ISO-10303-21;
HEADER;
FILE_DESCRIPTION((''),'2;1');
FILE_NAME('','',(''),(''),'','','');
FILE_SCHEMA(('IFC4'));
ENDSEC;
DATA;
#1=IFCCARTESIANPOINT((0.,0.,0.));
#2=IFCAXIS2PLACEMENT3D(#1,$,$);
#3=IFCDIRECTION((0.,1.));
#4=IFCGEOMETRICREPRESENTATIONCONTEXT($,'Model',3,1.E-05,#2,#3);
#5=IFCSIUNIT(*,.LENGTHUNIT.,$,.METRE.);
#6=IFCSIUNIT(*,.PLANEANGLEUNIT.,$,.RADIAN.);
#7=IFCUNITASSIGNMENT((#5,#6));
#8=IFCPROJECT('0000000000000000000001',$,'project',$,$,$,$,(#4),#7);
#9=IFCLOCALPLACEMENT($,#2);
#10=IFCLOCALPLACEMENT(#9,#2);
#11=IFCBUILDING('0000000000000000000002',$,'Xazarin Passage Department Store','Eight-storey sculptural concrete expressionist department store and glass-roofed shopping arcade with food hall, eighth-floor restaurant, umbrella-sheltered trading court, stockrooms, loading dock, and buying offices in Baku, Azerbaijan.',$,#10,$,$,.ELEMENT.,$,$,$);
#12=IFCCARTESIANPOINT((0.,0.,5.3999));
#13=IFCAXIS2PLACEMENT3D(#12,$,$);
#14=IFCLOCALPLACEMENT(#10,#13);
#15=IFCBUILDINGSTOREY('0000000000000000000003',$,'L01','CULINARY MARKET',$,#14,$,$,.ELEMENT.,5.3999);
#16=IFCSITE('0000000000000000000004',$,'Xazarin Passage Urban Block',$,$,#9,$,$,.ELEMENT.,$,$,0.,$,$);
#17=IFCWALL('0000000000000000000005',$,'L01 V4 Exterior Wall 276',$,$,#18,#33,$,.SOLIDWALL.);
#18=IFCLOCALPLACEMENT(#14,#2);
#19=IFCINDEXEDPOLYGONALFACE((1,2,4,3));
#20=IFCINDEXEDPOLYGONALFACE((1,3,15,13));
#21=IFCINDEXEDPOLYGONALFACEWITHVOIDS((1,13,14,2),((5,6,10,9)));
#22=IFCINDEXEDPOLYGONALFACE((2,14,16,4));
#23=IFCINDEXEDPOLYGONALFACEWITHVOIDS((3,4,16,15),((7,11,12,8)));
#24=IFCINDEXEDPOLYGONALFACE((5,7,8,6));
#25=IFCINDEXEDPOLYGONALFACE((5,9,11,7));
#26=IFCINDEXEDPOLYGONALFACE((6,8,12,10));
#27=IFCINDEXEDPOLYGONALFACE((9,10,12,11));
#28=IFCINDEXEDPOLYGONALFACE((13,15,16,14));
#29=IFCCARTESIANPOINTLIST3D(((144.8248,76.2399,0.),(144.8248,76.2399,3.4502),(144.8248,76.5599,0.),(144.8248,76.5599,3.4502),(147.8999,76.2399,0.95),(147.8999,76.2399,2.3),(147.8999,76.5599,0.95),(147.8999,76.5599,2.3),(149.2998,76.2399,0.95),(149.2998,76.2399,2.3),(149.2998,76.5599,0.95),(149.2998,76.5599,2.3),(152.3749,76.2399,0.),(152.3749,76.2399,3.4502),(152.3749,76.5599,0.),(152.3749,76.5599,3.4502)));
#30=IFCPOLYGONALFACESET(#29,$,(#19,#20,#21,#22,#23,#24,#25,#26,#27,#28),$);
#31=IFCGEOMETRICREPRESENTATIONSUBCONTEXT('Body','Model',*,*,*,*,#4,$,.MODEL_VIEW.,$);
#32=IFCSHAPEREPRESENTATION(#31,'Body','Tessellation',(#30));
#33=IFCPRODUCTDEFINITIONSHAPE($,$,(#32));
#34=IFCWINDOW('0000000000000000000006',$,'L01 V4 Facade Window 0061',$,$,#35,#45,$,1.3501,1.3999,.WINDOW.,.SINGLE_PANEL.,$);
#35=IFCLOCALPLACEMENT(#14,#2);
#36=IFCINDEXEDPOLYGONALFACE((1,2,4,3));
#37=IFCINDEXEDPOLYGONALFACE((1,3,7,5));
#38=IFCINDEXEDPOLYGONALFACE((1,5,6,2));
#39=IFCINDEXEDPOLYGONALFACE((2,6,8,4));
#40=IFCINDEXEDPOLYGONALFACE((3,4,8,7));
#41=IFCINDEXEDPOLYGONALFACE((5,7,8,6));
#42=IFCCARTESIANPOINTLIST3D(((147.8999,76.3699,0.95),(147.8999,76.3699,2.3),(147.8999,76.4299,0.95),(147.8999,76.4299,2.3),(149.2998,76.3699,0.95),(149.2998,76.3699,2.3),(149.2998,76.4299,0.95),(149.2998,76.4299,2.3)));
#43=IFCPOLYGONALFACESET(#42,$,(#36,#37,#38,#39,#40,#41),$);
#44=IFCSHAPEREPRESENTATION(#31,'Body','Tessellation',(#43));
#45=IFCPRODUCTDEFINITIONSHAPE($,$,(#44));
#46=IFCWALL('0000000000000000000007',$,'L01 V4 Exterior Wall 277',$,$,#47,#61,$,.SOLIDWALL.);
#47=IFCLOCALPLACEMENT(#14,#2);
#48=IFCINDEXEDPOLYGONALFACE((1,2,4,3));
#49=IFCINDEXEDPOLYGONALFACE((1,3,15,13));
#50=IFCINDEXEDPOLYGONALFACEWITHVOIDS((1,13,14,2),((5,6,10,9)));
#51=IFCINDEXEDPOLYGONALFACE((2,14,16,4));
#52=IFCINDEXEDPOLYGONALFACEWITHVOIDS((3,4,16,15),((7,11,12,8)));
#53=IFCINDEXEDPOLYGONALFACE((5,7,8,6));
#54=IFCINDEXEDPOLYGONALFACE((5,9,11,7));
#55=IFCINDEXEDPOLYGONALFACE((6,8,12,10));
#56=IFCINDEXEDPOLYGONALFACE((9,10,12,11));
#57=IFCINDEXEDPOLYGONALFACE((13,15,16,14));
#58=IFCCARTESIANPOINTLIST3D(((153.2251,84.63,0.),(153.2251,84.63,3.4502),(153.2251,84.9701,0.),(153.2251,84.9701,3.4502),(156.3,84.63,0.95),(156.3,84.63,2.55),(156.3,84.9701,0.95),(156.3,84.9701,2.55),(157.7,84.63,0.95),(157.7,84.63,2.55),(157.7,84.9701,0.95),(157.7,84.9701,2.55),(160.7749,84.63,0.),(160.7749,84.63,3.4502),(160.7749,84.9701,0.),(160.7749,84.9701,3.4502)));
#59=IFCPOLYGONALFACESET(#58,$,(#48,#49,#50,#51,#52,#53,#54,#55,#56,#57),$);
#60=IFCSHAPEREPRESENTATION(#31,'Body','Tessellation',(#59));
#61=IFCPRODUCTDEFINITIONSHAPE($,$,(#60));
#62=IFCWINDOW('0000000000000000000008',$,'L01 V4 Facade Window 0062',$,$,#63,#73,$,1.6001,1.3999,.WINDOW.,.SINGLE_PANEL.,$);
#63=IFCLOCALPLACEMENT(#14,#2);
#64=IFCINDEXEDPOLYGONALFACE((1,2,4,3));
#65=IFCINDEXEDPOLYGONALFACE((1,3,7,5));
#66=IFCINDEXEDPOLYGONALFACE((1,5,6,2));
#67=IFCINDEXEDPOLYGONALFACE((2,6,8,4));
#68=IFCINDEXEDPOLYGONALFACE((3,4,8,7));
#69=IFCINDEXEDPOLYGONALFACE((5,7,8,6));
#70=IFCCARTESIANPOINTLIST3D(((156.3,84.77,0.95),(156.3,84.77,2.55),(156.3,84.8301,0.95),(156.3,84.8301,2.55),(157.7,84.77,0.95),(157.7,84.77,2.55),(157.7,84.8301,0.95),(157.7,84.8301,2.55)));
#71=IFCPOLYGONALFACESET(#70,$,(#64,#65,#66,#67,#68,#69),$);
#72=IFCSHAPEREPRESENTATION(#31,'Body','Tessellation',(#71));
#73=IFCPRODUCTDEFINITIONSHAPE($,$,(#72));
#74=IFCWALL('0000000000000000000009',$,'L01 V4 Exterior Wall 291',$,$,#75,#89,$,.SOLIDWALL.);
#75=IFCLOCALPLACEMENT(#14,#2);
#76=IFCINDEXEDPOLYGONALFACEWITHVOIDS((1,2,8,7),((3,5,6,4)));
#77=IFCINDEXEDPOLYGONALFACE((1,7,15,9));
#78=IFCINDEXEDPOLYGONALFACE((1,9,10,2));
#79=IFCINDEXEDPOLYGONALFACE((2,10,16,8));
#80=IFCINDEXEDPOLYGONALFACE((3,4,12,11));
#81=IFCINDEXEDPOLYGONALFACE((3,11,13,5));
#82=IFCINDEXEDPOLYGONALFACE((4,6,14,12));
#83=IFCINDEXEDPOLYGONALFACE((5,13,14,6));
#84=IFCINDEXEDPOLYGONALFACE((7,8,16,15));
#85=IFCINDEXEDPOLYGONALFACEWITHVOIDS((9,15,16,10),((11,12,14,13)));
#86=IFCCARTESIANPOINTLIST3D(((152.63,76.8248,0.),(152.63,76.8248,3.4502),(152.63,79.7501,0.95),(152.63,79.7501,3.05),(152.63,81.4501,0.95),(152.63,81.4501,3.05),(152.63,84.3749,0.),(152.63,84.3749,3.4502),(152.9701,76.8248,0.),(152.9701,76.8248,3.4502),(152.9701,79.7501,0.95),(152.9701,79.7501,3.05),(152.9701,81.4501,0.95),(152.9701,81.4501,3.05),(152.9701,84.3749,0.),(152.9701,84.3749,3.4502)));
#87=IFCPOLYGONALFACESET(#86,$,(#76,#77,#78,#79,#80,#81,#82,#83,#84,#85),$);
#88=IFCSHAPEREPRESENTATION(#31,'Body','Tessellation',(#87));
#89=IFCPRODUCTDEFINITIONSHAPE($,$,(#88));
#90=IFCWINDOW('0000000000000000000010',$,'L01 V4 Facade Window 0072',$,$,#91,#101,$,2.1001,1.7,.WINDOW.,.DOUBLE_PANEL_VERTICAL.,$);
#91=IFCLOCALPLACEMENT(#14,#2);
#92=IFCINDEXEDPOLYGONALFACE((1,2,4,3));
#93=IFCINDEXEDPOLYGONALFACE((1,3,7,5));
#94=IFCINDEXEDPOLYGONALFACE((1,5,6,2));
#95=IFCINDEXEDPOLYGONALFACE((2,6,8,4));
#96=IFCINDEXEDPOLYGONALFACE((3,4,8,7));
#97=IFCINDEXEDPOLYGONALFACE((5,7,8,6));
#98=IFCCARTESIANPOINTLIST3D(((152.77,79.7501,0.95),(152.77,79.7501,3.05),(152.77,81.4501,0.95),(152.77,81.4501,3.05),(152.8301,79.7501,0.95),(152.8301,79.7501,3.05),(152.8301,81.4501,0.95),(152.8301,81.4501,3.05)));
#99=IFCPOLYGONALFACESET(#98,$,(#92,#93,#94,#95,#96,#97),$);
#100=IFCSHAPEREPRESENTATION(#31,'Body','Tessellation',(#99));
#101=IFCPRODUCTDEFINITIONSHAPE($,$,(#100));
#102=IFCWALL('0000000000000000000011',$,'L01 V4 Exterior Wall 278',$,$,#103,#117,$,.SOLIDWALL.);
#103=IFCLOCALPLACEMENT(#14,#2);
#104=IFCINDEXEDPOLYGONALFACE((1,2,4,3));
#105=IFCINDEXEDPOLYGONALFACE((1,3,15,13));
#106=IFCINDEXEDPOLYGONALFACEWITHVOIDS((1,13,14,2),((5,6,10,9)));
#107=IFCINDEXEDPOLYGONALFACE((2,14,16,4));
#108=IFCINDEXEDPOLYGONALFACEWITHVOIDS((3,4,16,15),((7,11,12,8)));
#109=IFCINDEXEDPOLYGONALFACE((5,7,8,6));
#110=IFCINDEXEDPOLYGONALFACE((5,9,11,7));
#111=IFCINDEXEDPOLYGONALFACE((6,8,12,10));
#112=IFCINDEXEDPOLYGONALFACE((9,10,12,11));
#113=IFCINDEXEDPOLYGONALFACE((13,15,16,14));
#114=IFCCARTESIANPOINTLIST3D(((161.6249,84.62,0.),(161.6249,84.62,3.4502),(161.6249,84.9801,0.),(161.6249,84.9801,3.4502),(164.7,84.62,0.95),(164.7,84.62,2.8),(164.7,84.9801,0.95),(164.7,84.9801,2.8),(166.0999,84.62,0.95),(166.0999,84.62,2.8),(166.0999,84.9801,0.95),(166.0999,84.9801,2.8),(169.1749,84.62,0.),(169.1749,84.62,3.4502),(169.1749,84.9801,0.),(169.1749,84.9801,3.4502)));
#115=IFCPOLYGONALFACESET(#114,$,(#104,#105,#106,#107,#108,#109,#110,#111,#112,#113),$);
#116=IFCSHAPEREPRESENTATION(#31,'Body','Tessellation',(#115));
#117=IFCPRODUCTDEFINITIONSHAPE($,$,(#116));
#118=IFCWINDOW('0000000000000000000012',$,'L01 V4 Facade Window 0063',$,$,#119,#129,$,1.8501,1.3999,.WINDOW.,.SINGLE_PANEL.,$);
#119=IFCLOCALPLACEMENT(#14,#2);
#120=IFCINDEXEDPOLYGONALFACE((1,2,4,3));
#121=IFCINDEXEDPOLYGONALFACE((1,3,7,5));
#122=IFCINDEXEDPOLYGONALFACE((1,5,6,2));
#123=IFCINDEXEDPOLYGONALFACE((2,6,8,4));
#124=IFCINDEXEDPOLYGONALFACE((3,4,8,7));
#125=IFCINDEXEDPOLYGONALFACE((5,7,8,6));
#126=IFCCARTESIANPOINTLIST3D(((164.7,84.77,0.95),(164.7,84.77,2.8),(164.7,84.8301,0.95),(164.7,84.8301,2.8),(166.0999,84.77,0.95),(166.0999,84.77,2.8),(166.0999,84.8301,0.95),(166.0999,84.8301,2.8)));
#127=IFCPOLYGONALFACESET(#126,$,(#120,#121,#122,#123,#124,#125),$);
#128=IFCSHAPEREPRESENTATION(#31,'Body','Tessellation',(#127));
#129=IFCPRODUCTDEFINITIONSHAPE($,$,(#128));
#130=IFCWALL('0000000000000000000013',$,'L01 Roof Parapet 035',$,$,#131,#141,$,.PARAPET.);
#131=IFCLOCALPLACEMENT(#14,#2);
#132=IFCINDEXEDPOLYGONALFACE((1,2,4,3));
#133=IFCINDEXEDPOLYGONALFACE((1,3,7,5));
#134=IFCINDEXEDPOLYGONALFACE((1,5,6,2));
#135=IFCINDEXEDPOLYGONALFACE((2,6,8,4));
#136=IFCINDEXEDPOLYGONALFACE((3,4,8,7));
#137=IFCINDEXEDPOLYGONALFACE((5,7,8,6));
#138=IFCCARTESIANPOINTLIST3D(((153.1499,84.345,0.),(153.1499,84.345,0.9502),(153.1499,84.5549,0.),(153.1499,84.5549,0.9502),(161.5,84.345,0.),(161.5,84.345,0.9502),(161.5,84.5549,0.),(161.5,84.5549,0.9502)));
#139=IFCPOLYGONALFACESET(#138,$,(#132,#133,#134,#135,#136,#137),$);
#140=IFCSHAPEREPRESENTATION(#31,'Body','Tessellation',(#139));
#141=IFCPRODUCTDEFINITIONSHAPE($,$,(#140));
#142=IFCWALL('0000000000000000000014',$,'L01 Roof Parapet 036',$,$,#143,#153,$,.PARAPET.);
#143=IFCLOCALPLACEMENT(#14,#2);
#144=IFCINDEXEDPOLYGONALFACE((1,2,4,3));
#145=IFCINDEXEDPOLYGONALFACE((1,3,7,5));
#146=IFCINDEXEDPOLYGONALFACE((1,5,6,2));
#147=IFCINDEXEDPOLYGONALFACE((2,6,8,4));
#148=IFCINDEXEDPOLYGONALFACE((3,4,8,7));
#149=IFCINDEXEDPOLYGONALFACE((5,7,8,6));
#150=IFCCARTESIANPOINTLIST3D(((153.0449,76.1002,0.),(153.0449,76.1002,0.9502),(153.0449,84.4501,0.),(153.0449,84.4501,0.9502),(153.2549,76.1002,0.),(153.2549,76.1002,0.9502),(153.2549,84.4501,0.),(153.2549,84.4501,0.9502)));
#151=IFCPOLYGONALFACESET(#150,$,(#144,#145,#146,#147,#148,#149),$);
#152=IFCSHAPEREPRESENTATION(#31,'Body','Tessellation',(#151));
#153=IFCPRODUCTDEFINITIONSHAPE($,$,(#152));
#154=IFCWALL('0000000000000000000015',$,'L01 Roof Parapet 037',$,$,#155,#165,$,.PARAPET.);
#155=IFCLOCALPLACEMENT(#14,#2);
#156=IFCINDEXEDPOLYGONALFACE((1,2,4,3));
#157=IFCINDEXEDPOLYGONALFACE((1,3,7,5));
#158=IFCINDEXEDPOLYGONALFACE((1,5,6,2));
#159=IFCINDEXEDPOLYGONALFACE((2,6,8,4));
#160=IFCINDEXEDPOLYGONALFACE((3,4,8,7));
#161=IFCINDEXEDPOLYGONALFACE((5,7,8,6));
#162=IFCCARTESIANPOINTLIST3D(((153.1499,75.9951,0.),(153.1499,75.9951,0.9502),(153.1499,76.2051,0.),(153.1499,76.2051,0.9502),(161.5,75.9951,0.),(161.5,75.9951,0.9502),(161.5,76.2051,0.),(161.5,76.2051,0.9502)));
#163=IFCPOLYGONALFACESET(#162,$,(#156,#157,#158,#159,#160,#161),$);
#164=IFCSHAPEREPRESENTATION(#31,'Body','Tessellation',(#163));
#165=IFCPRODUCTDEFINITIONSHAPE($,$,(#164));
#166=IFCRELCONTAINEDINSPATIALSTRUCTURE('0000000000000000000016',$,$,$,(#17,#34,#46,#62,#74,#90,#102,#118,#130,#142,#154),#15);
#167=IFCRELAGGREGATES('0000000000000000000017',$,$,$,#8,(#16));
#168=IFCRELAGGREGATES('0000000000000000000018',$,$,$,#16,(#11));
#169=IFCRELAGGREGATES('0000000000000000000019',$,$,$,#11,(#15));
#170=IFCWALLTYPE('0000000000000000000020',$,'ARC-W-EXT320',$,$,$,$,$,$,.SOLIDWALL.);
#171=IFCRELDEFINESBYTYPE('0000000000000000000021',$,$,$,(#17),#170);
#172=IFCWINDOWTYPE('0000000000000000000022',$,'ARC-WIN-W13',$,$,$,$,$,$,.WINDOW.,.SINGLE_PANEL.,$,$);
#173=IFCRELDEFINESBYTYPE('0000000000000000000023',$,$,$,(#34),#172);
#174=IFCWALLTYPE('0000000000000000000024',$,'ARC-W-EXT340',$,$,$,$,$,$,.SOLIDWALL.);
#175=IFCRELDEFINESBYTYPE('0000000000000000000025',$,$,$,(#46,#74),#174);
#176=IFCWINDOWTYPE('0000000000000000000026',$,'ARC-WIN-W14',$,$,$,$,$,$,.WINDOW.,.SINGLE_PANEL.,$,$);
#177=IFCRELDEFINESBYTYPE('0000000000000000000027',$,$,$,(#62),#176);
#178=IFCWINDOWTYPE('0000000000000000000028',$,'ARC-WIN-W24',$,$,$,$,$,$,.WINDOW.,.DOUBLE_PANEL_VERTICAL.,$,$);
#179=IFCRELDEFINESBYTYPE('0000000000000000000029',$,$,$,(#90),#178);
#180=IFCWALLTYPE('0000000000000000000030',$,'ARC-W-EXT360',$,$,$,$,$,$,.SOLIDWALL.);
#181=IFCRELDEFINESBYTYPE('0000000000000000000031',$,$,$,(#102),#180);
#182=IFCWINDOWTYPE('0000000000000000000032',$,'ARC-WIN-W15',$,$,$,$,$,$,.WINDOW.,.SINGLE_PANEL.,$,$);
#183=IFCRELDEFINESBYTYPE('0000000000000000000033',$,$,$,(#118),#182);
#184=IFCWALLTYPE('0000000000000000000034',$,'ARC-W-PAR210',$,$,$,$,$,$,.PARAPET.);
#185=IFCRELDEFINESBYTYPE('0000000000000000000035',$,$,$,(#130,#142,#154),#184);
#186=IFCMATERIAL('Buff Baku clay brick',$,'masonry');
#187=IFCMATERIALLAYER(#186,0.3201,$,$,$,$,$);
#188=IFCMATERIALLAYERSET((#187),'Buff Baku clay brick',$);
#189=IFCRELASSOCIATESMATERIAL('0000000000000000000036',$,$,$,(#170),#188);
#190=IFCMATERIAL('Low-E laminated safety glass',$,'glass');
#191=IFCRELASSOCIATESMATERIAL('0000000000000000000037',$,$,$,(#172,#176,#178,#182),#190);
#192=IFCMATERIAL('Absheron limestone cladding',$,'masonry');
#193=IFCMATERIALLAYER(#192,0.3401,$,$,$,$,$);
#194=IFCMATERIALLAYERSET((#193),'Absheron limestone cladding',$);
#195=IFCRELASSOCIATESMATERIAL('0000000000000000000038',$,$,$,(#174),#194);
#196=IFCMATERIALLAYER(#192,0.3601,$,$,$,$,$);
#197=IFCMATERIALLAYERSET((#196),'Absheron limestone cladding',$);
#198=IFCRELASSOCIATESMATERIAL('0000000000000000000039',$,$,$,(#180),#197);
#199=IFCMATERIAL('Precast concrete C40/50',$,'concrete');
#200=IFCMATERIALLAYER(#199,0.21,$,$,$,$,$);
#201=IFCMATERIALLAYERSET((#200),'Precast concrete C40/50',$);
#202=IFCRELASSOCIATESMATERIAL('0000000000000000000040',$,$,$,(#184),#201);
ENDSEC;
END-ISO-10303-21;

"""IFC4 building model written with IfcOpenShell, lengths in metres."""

from ifc_helpers import new_model, si_unit, direction, frame, frame_2d, origin, place, context, subcontext, project, spatial, rectangle, extrude, material, layer, layer_set, type_object, element, fill, save


model = new_model("IFC4")

# Units and contexts
model_context = context("Model", 3, precision=1e-05, world=origin(), true_north=direction((0.0, 1.0)))
body_context = subcontext(model_context, "Body", "Model", "MODEL_VIEW")
ifc_project = project(units=[si_unit("LENGTHUNIT", "METRE"), si_unit("PLANEANGLEUNIT", "RADIAN")], contexts=[model_context])

# Site, building, storey
site_placement = place(None, origin())
site = spatial("IfcSite", under=ifc_project, at=site_placement, Name="Xazarin Passage Urban Block", CompositionType="ELEMENT", RefElevation=0.0)
building_placement = place(site_placement, origin())
building = spatial("IfcBuilding", under=site, at=building_placement, Name="Xazarin Passage Department Store", Description="Eight-storey sculptural concrete expressionist department store and glass-roofed shopping arcade with food hall, eighth-floor restaurant, umbrella-sheltered trading court, stockrooms, loading dock, and buying offices in Baku, Azerbaijan.", CompositionType="ELEMENT")
storey_placement = place(building_placement, frame((0.0, 0.0, 5.3999)))
storey = spatial("IfcBuildingStorey", under=building, at=storey_placement, Name="L01", Description="CULINARY MARKET", CompositionType="ELEMENT", Elevation=5.3999)

# Walls, openings, windows
ifc_material_1 = material(Name="Buff Baku clay brick", Category="masonry")
ifc_layer_1 = layer(ifc_material_1, 0.3201)
ifc_layer_set_1 = layer_set([ifc_layer_1], Name="Buff Baku clay brick")
wall_type_1 = type_object("IfcWallType", Name="ARC-W-EXT320", PredefinedType="SOLIDWALL", material=ifc_layer_set_1)
wall_1_placement = place(storey_placement, frame((144.825, 76.3999, 0.0), z_axis=(0.0, 0.0, 1.0), x_axis=(1.0, 0.0, 0.0)))
wall_1 = element("IfcWall", 1, at=wall_1_placement, inside=storey, type_object=wall_type_1, Name="L01 V4 Exterior Wall 276", PredefinedType="SOLIDWALL", context=body_context, shape_type="SweptSolid", body=[
    extrude(rectangle(XDim=7.55, YDim=0.3201, at=frame_2d((3.7749, 0.0))), origin(), (0.0, 0.0, 1.0), 3.4502),
])
opening_1_placement = place(wall_1_placement, frame((3.075, 0.0, 0.95)))
opening_1 = element("IfcOpeningElement", 2, at=opening_1_placement, cuts=wall_1, PredefinedType="OPENING", context=body_context, shape_type="SweptSolid", body=[
    extrude(rectangle(XDim=1.3999, YDim=1.3501, at=frame_2d((0.7, 0.675))), frame((0.0, 0.1699, 0.0), z_axis=(0.0, -1.0, 0.0), x_axis=(1.0, 0.0, 0.0)), (0.0, 0.0, 1.0), 0.3401),
])
ifc_material_2 = material(Name="Low-E laminated safety glass", Category="glass")
window_type_1 = type_object("IfcWindowType", Name="ARC-WIN-W13", PartitioningType="SINGLE_PANEL", PredefinedType="WINDOW", material=ifc_material_2)
window_1_placement = place(opening_1_placement, origin())
window_1 = element("IfcWindow", 3, at=window_1_placement, inside=storey, type_object=window_type_1, Name="L01 V4 Facade Window 0061", OverallHeight=1.3501, OverallWidth=1.3999, PartitioningType="SINGLE_PANEL", PredefinedType="WINDOW", context=body_context, shape_type="SweptSolid", body=[
    extrude(rectangle(XDim=1.3999, YDim=1.3501, at=frame_2d((0.7, 0.675))), frame((0.0, 0.03, 0.0), z_axis=(0.0, -1.0, 0.0), x_axis=(1.0, 0.0, 0.0)), (0.0, 0.0, 1.0), 0.0601),
])
fill(opening_1, window_1)
ifc_material_3 = material(Name="Absheron limestone cladding", Category="masonry")
ifc_layer_2 = layer(ifc_material_3, 0.3401)
ifc_layer_set_2 = layer_set([ifc_layer_2], Name="Absheron limestone cladding")
wall_type_2 = type_object("IfcWallType", Name="ARC-W-EXT340", PredefinedType="SOLIDWALL", material=ifc_layer_set_2)
wall_2_placement = place(storey_placement, frame((153.2251, 84.8, 0.0), z_axis=(0.0, 0.0, 1.0), x_axis=(1.0, 0.0, 0.0)))
wall_2 = element("IfcWall", 4, at=wall_2_placement, inside=storey, type_object=wall_type_2, Name="L01 V4 Exterior Wall 277", PredefinedType="SOLIDWALL", context=body_context, shape_type="SweptSolid", body=[
    extrude(rectangle(XDim=7.5498, YDim=0.3401, at=frame_2d((3.7749, 0.0))), origin(), (0.0, 0.0, 1.0), 3.4502),
])
opening_2_placement = place(wall_2_placement, frame((3.075, 0.0, 0.95)))
opening_2 = element("IfcOpeningElement", 5, at=opening_2_placement, cuts=wall_2, PredefinedType="OPENING", context=body_context, shape_type="SweptSolid", body=[
    extrude(rectangle(XDim=1.3999, YDim=1.6001, at=frame_2d((0.7, 0.8))), frame((0.0, 0.1799, 0.0), z_axis=(0.0, -1.0, 0.0), x_axis=(1.0, 0.0, 0.0)), (0.0, 0.0, 1.0), 0.3601),
])
window_type_2 = type_object("IfcWindowType", Name="ARC-WIN-W14", PartitioningType="SINGLE_PANEL", PredefinedType="WINDOW", material=ifc_material_2)
window_2_placement = place(opening_2_placement, origin())
window_2 = element("IfcWindow", 6, at=window_2_placement, inside=storey, type_object=window_type_2, Name="L01 V4 Facade Window 0062", OverallHeight=1.6001, OverallWidth=1.3999, PartitioningType="SINGLE_PANEL", PredefinedType="WINDOW", context=body_context, shape_type="SweptSolid", body=[
    extrude(rectangle(XDim=1.3999, YDim=1.6001, at=frame_2d((0.7, 0.8))), frame((0.0, 0.03, 0.0), z_axis=(0.0, -1.0, 0.0), x_axis=(1.0, 0.0, 0.0)), (0.0, 0.0, 1.0), 0.0601),
])
fill(opening_2, window_2)
wall_3_placement = place(storey_placement, frame((152.8, 76.825, 0.0), z_axis=(0.0, 0.0, 1.0), x_axis=(0.0, 1.0, 0.0)))
wall_3 = element("IfcWall", 7, at=wall_3_placement, inside=storey, type_object=wall_type_2, Name="L01 V4 Exterior Wall 291", PredefinedType="SOLIDWALL", context=body_context, shape_type="SweptSolid", body=[
    extrude(rectangle(XDim=7.55, YDim=0.3401, at=frame_2d((3.7749, 0.0))), origin(), (0.0, 0.0, 1.0), 3.4502),
])
opening_3_placement = place(wall_3_placement, frame((2.925, 0.0, 0.95)))
opening_3 = element("IfcOpeningElement", 8, at=opening_3_placement, cuts=wall_3, PredefinedType="OPENING", context=body_context, shape_type="SweptSolid", body=[
    extrude(rectangle(XDim=1.7, YDim=2.1001, at=frame_2d((0.8501, 1.05))), frame((0.0, 0.1799, 0.0), z_axis=(0.0, -1.0, 0.0), x_axis=(1.0, 0.0, 0.0)), (0.0, 0.0, 1.0), 0.3601),
])
window_type_3 = type_object("IfcWindowType", Name="ARC-WIN-W24", PartitioningType="DOUBLE_PANEL_VERTICAL", PredefinedType="WINDOW", material=ifc_material_2)
window_3_placement = place(opening_3_placement, origin())
window_3 = element("IfcWindow", 9, at=window_3_placement, inside=storey, type_object=window_type_3, Name="L01 V4 Facade Window 0072", OverallHeight=2.1001, OverallWidth=1.7, PartitioningType="DOUBLE_PANEL_VERTICAL", PredefinedType="WINDOW", context=body_context, shape_type="SweptSolid", body=[
    extrude(rectangle(XDim=1.7, YDim=2.1001, at=frame_2d((0.8501, 1.05))), frame((0.0, 0.03, 0.0), z_axis=(0.0, -1.0, 0.0), x_axis=(1.0, 0.0, 0.0)), (0.0, 0.0, 1.0), 0.0601),
])
fill(opening_3, window_3)
ifc_layer_3 = layer(ifc_material_3, 0.3601)
ifc_layer_set_3 = layer_set([ifc_layer_3], Name="Absheron limestone cladding")
wall_type_3 = type_object("IfcWallType", Name="ARC-W-EXT360", PredefinedType="SOLIDWALL", material=ifc_layer_set_3)
wall_4_placement = place(storey_placement, frame((161.625, 84.8, 0.0), z_axis=(0.0, 0.0, 1.0), x_axis=(1.0, 0.0, 0.0)))
wall_4 = element("IfcWall", 10, at=wall_4_placement, inside=storey, type_object=wall_type_3, Name="L01 V4 Exterior Wall 278", PredefinedType="SOLIDWALL", context=body_context, shape_type="SweptSolid", body=[
    extrude(rectangle(XDim=7.55, YDim=0.3601, at=frame_2d((3.7749, 0.0))), origin(), (0.0, 0.0, 1.0), 3.4502),
])
opening_4_placement = place(wall_4_placement, frame((3.075, 0.0, 0.95)))
opening_4 = element("IfcOpeningElement", 11, at=opening_4_placement, cuts=wall_4, PredefinedType="OPENING", context=body_context, shape_type="SweptSolid", body=[
    extrude(rectangle(XDim=1.3999, YDim=1.8501, at=frame_2d((0.7, 0.925))), frame((0.0, 0.1899, 0.0), z_axis=(0.0, -1.0, 0.0), x_axis=(1.0, 0.0, 0.0)), (0.0, 0.0, 1.0), 0.3801),
])
window_type_4 = type_object("IfcWindowType", Name="ARC-WIN-W15", PartitioningType="SINGLE_PANEL", PredefinedType="WINDOW", material=ifc_material_2)
window_4_placement = place(opening_4_placement, origin())
window_4 = element("IfcWindow", 12, at=window_4_placement, inside=storey, type_object=window_type_4, Name="L01 V4 Facade Window 0063", OverallHeight=1.8501, OverallWidth=1.3999, PartitioningType="SINGLE_PANEL", PredefinedType="WINDOW", context=body_context, shape_type="SweptSolid", body=[
    extrude(rectangle(XDim=1.3999, YDim=1.8501, at=frame_2d((0.7, 0.925))), frame((0.0, 0.03, 0.0), z_axis=(0.0, -1.0, 0.0), x_axis=(1.0, 0.0, 0.0)), (0.0, 0.0, 1.0), 0.0601),
])
fill(opening_4, window_4)

# Walls
ifc_material_4 = material(Name="Precast concrete C40/50", Category="concrete")
ifc_layer_4 = layer(ifc_material_4, 0.21)
ifc_layer_set_4 = layer_set([ifc_layer_4], Name="Precast concrete C40/50")
wall_type_4 = type_object("IfcWallType", Name="ARC-W-PAR210", PredefinedType="PARAPET", material=ifc_layer_set_4)
wall_5_placement = place(storey_placement, frame((161.5, 84.45, 0.0), z_axis=(0.0, 0.0, 1.0), x_axis=(-1.0, 0.0, 0.0)))
element("IfcWall", 13, at=wall_5_placement, inside=storey, type_object=wall_type_4, Name="L01 Roof Parapet 035", PredefinedType="PARAPET", context=body_context, shape_type="SweptSolid", body=[
    extrude(rectangle(XDim=8.3501, YDim=0.21, at=frame_2d((4.175, 0.0))), origin(), (0.0, 0.0, 1.0), 0.9502),
])
wall_6_placement = place(storey_placement, frame((153.1499, 84.45, 0.0), z_axis=(0.0, 0.0, 1.0), x_axis=(0.0, -1.0, 0.0)))
element("IfcWall", 14, at=wall_6_placement, inside=storey, type_object=wall_type_4, Name="L01 Roof Parapet 036", PredefinedType="PARAPET", context=body_context, shape_type="SweptSolid", body=[
    extrude(rectangle(XDim=8.3499, YDim=0.21, at=frame_2d((4.1748, 0.0))), origin(), (0.0, 0.0, 1.0), 0.9502),
])
wall_7_placement = place(storey_placement, frame((153.1499, 76.1001, 0.0), z_axis=(0.0, 0.0, 1.0), x_axis=(1.0, 0.0, 0.0)))
element("IfcWall", 15, at=wall_7_placement, inside=storey, type_object=wall_type_4, Name="L01 Roof Parapet 037", PredefinedType="PARAPET", context=body_context, shape_type="SweptSolid", body=[
    extrude(rectangle(XDim=8.3501, YDim=0.21, at=frame_2d((4.175, 0.0))), origin(), (0.0, 0.0, 1.0), 0.9502),
])

save(model, "model.ifc")
